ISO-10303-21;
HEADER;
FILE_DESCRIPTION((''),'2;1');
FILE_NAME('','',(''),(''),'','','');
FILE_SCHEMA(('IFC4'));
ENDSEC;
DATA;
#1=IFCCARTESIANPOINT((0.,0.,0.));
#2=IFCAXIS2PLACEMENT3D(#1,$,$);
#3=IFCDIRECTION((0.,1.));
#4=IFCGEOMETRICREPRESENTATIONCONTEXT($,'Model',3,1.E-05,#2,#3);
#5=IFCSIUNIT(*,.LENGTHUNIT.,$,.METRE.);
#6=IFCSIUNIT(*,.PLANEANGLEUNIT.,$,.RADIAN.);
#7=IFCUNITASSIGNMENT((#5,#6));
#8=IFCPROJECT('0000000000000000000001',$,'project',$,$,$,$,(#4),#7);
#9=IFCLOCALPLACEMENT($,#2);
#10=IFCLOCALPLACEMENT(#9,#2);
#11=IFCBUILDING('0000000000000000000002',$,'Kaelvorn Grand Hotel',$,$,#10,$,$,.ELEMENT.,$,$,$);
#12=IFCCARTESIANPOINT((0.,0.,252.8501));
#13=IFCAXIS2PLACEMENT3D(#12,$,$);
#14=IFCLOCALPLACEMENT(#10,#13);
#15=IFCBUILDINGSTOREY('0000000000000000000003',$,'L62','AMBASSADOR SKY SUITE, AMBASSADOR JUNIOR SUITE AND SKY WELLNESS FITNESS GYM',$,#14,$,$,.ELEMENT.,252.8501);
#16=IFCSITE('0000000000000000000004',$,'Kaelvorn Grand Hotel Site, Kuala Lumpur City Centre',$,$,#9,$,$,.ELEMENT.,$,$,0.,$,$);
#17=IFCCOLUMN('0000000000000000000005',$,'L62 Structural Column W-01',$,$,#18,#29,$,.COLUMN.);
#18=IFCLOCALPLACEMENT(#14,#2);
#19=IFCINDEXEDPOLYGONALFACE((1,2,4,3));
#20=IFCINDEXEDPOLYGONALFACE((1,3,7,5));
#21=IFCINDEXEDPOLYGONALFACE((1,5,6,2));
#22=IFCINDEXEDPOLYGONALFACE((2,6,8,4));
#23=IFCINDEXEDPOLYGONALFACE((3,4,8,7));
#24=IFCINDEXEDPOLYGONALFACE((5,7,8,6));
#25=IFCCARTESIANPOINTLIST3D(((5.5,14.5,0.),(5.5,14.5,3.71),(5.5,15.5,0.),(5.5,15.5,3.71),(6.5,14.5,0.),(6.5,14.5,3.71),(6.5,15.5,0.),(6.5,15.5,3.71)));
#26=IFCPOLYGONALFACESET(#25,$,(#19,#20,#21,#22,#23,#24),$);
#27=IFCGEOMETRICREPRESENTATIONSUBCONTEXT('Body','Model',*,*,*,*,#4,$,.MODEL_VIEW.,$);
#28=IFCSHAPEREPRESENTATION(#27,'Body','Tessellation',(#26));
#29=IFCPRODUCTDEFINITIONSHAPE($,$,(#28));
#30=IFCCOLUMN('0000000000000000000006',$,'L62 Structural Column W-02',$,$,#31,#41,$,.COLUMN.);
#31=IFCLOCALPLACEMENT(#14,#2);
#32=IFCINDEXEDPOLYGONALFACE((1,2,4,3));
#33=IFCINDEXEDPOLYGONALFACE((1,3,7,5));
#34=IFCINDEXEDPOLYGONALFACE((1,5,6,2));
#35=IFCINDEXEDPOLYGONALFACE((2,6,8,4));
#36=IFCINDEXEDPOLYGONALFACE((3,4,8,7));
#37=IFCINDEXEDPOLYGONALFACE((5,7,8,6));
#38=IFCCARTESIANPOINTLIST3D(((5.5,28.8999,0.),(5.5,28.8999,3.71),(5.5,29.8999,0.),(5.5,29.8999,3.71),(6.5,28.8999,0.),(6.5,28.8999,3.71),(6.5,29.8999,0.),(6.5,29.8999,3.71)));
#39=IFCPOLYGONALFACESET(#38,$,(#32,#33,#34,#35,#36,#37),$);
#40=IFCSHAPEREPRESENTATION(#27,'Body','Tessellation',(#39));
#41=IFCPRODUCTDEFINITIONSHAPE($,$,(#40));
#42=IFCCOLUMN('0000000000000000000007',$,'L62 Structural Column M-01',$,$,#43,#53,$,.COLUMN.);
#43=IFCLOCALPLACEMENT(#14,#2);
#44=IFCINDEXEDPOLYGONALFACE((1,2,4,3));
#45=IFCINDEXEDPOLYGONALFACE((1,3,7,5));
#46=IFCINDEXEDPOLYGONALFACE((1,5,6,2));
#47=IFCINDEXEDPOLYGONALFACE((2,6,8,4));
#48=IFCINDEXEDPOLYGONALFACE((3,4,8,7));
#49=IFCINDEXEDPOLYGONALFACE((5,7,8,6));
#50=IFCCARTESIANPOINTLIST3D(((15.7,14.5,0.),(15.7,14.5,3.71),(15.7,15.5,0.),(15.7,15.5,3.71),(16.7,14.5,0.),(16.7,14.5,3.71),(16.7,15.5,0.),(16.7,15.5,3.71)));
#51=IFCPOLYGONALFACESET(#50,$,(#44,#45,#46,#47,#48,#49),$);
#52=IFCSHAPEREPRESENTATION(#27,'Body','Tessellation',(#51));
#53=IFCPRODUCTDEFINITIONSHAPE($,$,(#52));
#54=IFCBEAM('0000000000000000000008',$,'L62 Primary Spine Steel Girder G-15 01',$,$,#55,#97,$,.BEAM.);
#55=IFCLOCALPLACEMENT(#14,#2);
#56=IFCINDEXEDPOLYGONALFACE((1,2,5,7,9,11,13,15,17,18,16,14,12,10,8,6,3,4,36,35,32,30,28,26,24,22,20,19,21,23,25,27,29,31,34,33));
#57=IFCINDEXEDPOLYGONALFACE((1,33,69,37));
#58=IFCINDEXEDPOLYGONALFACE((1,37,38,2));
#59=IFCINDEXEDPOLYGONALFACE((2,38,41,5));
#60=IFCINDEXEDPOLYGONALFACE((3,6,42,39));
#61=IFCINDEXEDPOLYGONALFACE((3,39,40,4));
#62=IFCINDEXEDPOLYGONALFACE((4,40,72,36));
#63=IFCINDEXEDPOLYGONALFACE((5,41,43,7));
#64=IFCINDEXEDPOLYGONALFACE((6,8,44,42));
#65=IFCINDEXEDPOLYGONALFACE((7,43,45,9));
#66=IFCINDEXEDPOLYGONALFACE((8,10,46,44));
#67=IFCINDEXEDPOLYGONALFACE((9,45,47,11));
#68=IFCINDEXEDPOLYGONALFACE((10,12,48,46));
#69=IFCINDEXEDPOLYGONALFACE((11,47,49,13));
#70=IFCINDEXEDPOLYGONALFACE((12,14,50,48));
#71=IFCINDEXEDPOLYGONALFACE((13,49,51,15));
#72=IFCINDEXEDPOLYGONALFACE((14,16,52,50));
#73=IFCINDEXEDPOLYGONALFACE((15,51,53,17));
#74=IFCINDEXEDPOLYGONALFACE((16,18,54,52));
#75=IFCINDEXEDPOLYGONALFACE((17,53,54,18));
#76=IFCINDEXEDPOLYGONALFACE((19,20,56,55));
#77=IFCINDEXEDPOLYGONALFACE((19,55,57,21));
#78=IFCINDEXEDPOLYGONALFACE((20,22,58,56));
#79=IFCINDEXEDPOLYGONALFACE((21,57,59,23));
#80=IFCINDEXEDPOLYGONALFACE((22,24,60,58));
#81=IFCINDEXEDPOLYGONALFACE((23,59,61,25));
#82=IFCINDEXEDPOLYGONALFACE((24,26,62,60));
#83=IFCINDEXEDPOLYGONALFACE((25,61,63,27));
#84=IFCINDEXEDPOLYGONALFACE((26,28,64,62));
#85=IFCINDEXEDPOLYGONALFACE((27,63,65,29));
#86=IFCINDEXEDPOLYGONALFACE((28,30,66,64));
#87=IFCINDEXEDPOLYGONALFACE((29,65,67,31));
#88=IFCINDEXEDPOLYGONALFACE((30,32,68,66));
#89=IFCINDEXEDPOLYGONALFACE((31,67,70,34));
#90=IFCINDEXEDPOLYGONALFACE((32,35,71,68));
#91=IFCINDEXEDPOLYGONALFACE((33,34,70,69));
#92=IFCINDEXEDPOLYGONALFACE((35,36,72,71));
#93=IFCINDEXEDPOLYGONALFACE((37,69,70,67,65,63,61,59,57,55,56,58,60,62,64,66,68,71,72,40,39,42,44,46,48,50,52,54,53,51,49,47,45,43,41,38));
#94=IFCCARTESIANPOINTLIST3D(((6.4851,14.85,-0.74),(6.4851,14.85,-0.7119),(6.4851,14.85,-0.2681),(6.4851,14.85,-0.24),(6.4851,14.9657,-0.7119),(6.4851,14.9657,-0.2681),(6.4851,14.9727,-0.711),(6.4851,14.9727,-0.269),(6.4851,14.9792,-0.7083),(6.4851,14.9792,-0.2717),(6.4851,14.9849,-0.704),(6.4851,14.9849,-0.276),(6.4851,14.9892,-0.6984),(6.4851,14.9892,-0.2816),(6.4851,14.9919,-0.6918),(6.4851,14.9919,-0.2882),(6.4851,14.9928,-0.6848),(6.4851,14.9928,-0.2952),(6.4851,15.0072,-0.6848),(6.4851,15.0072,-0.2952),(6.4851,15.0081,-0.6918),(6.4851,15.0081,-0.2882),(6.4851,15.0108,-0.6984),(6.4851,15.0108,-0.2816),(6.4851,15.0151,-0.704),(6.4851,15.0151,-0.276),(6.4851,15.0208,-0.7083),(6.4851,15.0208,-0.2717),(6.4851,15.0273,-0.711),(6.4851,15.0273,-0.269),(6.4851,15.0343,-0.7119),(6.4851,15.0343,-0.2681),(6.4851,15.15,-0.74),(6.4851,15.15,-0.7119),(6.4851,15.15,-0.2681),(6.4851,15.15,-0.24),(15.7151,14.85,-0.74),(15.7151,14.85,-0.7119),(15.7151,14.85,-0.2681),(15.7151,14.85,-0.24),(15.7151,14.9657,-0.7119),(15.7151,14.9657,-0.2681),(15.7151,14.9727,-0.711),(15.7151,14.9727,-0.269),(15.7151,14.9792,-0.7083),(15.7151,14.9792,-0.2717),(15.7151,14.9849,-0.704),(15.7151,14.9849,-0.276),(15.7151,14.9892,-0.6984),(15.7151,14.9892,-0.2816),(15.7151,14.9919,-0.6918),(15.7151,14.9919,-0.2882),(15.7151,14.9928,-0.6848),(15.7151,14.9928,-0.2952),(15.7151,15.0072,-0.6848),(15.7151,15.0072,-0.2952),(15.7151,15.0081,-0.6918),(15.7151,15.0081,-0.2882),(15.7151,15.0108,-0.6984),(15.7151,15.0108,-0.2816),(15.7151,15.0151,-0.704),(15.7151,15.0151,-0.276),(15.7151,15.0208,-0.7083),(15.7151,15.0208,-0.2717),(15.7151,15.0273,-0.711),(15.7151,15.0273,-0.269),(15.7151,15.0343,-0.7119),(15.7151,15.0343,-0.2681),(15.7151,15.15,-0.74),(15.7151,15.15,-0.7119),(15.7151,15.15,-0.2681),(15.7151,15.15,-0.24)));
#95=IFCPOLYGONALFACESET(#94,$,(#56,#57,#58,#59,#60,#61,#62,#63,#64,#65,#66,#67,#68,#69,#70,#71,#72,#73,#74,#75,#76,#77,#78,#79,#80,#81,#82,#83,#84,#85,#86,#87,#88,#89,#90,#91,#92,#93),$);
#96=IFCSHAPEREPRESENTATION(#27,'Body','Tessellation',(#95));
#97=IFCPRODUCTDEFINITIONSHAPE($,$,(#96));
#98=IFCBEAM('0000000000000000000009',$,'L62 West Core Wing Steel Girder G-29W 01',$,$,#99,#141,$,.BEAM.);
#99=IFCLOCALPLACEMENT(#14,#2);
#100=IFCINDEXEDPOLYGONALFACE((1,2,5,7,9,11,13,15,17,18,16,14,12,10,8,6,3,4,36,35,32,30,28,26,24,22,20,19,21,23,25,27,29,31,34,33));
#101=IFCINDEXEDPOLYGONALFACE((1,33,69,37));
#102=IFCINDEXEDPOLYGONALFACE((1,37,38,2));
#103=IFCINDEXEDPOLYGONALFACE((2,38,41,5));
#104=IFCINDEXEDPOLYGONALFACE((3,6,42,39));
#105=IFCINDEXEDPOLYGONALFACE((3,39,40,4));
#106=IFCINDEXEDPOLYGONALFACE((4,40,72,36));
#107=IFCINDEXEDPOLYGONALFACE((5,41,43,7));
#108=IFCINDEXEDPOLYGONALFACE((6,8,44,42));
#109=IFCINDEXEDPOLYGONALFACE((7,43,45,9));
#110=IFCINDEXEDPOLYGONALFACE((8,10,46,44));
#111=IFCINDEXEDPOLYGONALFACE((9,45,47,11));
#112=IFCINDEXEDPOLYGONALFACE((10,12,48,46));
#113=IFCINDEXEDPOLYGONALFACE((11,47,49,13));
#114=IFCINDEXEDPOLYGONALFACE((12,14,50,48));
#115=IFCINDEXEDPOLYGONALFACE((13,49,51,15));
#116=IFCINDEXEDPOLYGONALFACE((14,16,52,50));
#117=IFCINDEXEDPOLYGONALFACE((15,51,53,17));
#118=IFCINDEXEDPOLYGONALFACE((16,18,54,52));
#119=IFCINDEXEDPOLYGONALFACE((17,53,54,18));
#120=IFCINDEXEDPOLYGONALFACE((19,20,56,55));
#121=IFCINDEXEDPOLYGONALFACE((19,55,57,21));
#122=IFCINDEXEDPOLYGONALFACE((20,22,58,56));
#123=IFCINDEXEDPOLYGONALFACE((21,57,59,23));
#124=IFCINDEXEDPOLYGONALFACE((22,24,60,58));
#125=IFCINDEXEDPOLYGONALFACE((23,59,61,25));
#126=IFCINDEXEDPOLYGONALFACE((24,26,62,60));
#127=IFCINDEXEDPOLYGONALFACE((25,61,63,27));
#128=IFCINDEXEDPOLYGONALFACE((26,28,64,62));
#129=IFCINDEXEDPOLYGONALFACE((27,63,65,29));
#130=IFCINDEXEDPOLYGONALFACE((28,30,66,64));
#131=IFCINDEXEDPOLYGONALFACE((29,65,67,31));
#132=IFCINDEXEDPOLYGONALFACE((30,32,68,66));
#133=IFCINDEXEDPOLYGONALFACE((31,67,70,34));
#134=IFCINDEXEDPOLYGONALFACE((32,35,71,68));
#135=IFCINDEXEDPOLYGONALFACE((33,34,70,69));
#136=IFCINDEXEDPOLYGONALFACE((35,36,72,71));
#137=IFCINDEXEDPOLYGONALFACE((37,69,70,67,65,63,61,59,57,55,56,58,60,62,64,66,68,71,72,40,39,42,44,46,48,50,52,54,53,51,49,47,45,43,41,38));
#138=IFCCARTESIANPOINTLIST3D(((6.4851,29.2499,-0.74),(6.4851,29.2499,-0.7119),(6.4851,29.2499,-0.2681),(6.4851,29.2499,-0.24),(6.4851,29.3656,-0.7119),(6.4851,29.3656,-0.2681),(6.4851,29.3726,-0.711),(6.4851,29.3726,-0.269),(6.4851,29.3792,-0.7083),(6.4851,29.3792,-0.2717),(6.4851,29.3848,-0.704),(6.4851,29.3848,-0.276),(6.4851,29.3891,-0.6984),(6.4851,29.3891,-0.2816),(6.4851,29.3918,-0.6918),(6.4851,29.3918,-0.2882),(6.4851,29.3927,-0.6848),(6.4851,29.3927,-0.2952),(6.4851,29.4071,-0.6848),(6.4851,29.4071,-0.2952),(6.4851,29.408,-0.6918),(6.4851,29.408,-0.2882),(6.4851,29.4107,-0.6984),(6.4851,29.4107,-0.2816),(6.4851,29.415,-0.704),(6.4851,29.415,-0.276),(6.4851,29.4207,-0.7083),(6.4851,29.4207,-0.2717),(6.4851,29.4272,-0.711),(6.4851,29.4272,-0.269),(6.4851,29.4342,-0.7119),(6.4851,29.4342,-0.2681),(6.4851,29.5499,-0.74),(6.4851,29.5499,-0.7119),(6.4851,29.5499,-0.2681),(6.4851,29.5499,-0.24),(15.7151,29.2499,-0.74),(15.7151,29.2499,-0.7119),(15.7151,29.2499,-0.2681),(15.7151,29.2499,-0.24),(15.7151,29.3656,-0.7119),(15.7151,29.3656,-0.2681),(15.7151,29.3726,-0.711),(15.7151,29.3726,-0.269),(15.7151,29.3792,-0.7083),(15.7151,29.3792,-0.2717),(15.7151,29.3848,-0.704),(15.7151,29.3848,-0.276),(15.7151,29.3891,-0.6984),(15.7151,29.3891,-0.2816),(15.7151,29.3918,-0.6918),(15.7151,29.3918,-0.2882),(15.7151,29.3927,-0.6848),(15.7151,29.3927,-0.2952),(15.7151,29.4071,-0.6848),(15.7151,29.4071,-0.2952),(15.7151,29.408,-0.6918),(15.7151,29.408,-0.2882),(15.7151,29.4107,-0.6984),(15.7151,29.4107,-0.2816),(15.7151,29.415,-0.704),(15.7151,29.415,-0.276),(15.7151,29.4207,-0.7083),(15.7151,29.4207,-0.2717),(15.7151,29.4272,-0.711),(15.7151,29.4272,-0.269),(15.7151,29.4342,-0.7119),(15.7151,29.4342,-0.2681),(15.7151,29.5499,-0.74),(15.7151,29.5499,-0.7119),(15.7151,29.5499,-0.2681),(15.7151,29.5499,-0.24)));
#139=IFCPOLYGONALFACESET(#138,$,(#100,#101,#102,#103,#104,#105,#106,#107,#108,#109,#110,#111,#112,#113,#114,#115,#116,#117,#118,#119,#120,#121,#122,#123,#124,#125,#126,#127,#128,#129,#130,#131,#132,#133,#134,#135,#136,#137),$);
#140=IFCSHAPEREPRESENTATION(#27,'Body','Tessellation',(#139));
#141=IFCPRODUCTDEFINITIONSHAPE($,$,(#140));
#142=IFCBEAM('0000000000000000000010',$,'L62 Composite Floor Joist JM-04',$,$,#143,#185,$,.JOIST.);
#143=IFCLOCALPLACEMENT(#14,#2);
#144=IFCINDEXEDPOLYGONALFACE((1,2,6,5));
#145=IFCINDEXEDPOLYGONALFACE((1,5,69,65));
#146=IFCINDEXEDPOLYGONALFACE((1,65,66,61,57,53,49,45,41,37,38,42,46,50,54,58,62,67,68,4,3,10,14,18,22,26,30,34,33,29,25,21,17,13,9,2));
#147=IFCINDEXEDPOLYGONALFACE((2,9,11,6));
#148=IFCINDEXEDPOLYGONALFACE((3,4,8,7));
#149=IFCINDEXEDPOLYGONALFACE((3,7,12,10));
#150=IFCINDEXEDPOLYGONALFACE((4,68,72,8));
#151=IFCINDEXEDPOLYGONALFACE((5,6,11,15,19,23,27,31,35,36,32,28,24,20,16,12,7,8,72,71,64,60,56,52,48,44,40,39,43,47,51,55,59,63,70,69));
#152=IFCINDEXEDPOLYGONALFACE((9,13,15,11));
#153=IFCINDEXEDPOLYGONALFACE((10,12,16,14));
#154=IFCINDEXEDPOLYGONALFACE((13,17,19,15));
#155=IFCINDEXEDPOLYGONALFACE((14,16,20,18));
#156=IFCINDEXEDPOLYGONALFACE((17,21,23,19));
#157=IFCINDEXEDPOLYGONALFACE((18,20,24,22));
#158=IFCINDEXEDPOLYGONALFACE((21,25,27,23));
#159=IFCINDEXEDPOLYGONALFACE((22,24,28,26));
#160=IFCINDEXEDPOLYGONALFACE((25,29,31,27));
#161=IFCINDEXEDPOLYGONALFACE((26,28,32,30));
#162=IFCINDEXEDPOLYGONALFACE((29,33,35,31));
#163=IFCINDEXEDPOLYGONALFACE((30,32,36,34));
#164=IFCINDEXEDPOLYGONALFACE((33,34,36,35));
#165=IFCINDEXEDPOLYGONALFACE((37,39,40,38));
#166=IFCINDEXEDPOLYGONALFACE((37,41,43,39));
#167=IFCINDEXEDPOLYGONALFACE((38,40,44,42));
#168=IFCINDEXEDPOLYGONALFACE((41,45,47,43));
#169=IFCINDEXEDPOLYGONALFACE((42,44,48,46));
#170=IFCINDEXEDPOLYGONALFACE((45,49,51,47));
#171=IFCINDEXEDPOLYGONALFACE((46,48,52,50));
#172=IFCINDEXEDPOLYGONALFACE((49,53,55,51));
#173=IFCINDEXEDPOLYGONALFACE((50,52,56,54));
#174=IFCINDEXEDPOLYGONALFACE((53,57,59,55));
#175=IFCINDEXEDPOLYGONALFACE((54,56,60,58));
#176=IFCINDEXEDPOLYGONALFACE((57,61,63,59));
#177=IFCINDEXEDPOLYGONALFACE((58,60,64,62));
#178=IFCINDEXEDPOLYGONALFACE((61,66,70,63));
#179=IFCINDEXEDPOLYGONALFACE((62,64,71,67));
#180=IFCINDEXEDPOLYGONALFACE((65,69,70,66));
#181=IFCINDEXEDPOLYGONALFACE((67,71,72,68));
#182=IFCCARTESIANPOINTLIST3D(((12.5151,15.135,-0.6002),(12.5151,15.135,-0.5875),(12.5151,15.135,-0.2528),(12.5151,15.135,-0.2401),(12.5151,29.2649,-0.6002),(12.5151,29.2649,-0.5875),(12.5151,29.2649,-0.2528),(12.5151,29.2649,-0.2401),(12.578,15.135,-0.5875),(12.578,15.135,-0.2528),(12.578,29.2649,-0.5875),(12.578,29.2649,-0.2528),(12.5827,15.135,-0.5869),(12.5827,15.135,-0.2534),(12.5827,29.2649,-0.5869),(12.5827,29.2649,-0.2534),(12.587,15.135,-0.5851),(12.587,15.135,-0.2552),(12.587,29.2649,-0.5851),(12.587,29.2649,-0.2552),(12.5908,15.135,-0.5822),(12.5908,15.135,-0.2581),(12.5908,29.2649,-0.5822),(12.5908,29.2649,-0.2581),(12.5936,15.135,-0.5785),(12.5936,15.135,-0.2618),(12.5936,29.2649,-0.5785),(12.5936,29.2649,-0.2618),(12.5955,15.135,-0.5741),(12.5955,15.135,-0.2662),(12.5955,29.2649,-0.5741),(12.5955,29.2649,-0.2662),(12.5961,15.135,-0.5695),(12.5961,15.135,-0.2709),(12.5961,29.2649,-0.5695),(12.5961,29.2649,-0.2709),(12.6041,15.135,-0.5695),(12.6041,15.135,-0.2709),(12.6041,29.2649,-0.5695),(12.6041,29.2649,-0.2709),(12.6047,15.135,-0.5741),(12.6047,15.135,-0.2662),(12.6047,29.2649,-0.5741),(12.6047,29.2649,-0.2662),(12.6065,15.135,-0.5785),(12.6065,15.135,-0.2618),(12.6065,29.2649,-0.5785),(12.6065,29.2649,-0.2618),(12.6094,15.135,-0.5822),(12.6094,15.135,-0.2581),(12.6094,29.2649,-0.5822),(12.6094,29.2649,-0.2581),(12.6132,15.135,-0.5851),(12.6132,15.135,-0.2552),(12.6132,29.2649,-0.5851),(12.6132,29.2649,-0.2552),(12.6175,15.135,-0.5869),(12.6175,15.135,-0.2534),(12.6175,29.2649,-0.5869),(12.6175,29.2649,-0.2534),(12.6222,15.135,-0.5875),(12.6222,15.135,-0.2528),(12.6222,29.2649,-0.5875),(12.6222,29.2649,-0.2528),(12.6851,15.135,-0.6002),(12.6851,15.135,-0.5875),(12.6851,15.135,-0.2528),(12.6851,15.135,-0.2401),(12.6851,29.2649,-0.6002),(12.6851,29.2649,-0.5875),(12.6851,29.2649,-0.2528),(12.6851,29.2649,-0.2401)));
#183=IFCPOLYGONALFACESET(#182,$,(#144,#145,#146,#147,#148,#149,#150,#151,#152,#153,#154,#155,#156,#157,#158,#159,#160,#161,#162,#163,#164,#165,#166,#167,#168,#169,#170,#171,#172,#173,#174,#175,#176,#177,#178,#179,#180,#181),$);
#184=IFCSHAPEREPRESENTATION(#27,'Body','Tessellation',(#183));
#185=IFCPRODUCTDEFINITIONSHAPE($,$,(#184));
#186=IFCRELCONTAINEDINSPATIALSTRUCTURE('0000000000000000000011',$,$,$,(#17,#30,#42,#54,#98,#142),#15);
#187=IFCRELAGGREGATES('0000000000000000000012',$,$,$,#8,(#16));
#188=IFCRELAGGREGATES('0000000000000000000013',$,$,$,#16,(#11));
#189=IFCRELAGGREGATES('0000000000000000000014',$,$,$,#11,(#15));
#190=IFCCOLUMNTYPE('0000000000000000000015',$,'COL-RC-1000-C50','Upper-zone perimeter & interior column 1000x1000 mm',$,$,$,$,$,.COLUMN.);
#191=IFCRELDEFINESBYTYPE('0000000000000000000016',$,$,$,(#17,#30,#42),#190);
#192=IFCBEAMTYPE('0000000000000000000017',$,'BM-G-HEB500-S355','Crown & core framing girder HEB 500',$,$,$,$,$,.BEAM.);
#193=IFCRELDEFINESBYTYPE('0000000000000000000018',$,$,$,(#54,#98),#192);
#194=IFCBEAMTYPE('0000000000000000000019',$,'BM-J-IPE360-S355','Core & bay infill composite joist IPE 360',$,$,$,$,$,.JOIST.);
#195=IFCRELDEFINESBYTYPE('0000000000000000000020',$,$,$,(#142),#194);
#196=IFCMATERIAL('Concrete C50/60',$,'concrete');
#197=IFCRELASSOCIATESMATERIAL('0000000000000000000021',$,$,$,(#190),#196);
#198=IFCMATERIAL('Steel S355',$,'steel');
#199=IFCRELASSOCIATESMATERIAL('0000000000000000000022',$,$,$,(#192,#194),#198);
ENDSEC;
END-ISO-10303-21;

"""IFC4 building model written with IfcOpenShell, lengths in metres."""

from ifc_helpers import new_model, si_unit, direction, frame, origin, origin_2d, place, context, subcontext, project, spatial, rectangle, i_section, extrude, material, material_profile, profile_set, type_object, element, save


model = new_model("IFC4")

# Units and contexts
model_context = context("Model", 3, precision=1e-05, world=origin(), true_north=direction((0.0, 1.0)))
body_context = subcontext(model_context, "Body", "Model", "MODEL_VIEW")
ifc_project = project(units=[si_unit("LENGTHUNIT", "METRE"), si_unit("PLANEANGLEUNIT", "RADIAN")], contexts=[model_context])

# Site, building, storey
site_placement = place(None, origin())
site = spatial("IfcSite", under=ifc_project, at=site_placement, Name="Kaelvorn Grand Hotel Site, Kuala Lumpur City Centre", CompositionType="ELEMENT", RefElevation=0.0)
building_placement = place(site_placement, origin())
building = spatial("IfcBuilding", under=site, at=building_placement, Name="Kaelvorn Grand Hotel", CompositionType="ELEMENT")
storey_placement = place(building_placement, frame((0.0, 0.0, 252.8501)))
storey = spatial("IfcBuildingStorey", under=building, at=storey_placement, Name="L62", Description="AMBASSADOR SKY SUITE, AMBASSADOR JUNIOR SUITE AND SKY WELLNESS FITNESS GYM", CompositionType="ELEMENT", Elevation=252.8501)

# Columns
ifc_material_1 = material(Name="Concrete C50/60", Category="concrete")
ifc_material_profile_1 = material_profile(ifc_material_1, rectangle(XDim=1.0, YDim=1.0, at=origin_2d()), Name="RC COL 1000x1000")
ifc_profile_set_1 = profile_set([ifc_material_profile_1], Name="Concrete C50/60")
column_type = type_object("IfcColumnType", Name="COL-RC-1000-C50", Description="Upper-zone perimeter & interior column 1000x1000 mm", PredefinedType="COLUMN", material=ifc_profile_set_1)
for number, where, z_axis, x_axis, name in (
    (1, (6.0, 15.0, 0.0), (0.0, 0.0, 1.0), (1.0, 0.0, 0.0), "L62 Structural Column W-01"),
    (2, (6.0, 29.3999, 0.0), (0.0, 0.0, 1.0), (1.0, 0.0, 0.0), "L62 Structural Column W-02"),
    (3, (16.2, 15.0, 0.0), (0.0, 0.0, 1.0), (1.0, 0.0, 0.0), "L62 Structural Column M-01"),
):
    element("IfcColumn", number, at=place(storey_placement, frame(where, z_axis=z_axis, x_axis=x_axis)), inside=storey, type_object=column_type, Name=name, PredefinedType="COLUMN", context=body_context, shape_type="SweptSolid", body=[
        extrude(rectangle(XDim=1.0, YDim=1.0, at=origin_2d()), origin(), (0.0, 0.0, 1.0), 3.71),
    ])

# Beams
ifc_material_2 = material(Name="Steel S355", Category="steel")
ifc_material_profile_2 = material_profile(ifc_material_2, i_section(OverallWidth=0.3, OverallDepth=0.5, WebThickness=0.0144, FlangeThickness=0.0281, FilletRadius=0.0271, at=origin_2d()), Name="HEB 500")
ifc_profile_set_2 = profile_set([ifc_material_profile_2], Name="Steel S355")
beam_type_1 = type_object("IfcBeamType", Name="BM-G-HEB500-S355", Description="Crown & core framing girder HEB 500", PredefinedType="BEAM", material=ifc_profile_set_2)
for number, where, z_axis, x_axis, name in (
    (4, (6.4851, 15.0, -0.49), (1.0, 0.0, 0.0), (0.0, 1.0, 0.0), "L62 Primary Spine Steel Girder G-15 01"),
    (5, (6.4851, 29.3999, -0.49), (1.0, 0.0, 0.0), (0.0, 1.0, 0.0), "L62 West Core Wing Steel Girder G-29W 01"),
):
    element("IfcBeam", number, at=place(storey_placement, frame(where, z_axis=z_axis, x_axis=x_axis)), inside=storey, type_object=beam_type_1, Name=name, PredefinedType="BEAM", context=body_context, shape_type="SweptSolid", body=[
        extrude(i_section(OverallWidth=0.3, OverallDepth=0.5, WebThickness=0.0144, FlangeThickness=0.0281, FilletRadius=0.0271, at=origin_2d()), origin(), (0.0, 0.0, 1.0), 9.23),
    ])
ifc_material_profile_3 = material_profile(ifc_material_2, i_section(OverallWidth=0.1699, OverallDepth=0.3601, WebThickness=0.0081, FlangeThickness=0.0127, FilletRadius=0.0181, at=origin_2d()), Name="IPE 360")
ifc_profile_set_3 = profile_set([ifc_material_profile_3], Name="Steel S355")
beam_type_2 = type_object("IfcBeamType", Name="BM-J-IPE360-S355", Description="Core & bay infill composite joist IPE 360", PredefinedType="JOIST", material=ifc_profile_set_3)
beam_1_placement = place(storey_placement, frame((12.6001, 15.135, -0.4202), z_axis=(0.0, 1.0, 0.0), x_axis=(-1.0, 0.0, 0.0)))
element("IfcBeam", 6, at=beam_1_placement, inside=storey, type_object=beam_type_2, Name="L62 Composite Floor Joist JM-04", PredefinedType="JOIST", context=body_context, shape_type="SweptSolid", body=[
    extrude(i_section(OverallWidth=0.1699, OverallDepth=0.3601, WebThickness=0.0081, FlangeThickness=0.0127, FilletRadius=0.0181, at=origin_2d()), origin(), (0.0, 0.0, 1.0), 14.1299),
])

save(model, "model.ifc")
